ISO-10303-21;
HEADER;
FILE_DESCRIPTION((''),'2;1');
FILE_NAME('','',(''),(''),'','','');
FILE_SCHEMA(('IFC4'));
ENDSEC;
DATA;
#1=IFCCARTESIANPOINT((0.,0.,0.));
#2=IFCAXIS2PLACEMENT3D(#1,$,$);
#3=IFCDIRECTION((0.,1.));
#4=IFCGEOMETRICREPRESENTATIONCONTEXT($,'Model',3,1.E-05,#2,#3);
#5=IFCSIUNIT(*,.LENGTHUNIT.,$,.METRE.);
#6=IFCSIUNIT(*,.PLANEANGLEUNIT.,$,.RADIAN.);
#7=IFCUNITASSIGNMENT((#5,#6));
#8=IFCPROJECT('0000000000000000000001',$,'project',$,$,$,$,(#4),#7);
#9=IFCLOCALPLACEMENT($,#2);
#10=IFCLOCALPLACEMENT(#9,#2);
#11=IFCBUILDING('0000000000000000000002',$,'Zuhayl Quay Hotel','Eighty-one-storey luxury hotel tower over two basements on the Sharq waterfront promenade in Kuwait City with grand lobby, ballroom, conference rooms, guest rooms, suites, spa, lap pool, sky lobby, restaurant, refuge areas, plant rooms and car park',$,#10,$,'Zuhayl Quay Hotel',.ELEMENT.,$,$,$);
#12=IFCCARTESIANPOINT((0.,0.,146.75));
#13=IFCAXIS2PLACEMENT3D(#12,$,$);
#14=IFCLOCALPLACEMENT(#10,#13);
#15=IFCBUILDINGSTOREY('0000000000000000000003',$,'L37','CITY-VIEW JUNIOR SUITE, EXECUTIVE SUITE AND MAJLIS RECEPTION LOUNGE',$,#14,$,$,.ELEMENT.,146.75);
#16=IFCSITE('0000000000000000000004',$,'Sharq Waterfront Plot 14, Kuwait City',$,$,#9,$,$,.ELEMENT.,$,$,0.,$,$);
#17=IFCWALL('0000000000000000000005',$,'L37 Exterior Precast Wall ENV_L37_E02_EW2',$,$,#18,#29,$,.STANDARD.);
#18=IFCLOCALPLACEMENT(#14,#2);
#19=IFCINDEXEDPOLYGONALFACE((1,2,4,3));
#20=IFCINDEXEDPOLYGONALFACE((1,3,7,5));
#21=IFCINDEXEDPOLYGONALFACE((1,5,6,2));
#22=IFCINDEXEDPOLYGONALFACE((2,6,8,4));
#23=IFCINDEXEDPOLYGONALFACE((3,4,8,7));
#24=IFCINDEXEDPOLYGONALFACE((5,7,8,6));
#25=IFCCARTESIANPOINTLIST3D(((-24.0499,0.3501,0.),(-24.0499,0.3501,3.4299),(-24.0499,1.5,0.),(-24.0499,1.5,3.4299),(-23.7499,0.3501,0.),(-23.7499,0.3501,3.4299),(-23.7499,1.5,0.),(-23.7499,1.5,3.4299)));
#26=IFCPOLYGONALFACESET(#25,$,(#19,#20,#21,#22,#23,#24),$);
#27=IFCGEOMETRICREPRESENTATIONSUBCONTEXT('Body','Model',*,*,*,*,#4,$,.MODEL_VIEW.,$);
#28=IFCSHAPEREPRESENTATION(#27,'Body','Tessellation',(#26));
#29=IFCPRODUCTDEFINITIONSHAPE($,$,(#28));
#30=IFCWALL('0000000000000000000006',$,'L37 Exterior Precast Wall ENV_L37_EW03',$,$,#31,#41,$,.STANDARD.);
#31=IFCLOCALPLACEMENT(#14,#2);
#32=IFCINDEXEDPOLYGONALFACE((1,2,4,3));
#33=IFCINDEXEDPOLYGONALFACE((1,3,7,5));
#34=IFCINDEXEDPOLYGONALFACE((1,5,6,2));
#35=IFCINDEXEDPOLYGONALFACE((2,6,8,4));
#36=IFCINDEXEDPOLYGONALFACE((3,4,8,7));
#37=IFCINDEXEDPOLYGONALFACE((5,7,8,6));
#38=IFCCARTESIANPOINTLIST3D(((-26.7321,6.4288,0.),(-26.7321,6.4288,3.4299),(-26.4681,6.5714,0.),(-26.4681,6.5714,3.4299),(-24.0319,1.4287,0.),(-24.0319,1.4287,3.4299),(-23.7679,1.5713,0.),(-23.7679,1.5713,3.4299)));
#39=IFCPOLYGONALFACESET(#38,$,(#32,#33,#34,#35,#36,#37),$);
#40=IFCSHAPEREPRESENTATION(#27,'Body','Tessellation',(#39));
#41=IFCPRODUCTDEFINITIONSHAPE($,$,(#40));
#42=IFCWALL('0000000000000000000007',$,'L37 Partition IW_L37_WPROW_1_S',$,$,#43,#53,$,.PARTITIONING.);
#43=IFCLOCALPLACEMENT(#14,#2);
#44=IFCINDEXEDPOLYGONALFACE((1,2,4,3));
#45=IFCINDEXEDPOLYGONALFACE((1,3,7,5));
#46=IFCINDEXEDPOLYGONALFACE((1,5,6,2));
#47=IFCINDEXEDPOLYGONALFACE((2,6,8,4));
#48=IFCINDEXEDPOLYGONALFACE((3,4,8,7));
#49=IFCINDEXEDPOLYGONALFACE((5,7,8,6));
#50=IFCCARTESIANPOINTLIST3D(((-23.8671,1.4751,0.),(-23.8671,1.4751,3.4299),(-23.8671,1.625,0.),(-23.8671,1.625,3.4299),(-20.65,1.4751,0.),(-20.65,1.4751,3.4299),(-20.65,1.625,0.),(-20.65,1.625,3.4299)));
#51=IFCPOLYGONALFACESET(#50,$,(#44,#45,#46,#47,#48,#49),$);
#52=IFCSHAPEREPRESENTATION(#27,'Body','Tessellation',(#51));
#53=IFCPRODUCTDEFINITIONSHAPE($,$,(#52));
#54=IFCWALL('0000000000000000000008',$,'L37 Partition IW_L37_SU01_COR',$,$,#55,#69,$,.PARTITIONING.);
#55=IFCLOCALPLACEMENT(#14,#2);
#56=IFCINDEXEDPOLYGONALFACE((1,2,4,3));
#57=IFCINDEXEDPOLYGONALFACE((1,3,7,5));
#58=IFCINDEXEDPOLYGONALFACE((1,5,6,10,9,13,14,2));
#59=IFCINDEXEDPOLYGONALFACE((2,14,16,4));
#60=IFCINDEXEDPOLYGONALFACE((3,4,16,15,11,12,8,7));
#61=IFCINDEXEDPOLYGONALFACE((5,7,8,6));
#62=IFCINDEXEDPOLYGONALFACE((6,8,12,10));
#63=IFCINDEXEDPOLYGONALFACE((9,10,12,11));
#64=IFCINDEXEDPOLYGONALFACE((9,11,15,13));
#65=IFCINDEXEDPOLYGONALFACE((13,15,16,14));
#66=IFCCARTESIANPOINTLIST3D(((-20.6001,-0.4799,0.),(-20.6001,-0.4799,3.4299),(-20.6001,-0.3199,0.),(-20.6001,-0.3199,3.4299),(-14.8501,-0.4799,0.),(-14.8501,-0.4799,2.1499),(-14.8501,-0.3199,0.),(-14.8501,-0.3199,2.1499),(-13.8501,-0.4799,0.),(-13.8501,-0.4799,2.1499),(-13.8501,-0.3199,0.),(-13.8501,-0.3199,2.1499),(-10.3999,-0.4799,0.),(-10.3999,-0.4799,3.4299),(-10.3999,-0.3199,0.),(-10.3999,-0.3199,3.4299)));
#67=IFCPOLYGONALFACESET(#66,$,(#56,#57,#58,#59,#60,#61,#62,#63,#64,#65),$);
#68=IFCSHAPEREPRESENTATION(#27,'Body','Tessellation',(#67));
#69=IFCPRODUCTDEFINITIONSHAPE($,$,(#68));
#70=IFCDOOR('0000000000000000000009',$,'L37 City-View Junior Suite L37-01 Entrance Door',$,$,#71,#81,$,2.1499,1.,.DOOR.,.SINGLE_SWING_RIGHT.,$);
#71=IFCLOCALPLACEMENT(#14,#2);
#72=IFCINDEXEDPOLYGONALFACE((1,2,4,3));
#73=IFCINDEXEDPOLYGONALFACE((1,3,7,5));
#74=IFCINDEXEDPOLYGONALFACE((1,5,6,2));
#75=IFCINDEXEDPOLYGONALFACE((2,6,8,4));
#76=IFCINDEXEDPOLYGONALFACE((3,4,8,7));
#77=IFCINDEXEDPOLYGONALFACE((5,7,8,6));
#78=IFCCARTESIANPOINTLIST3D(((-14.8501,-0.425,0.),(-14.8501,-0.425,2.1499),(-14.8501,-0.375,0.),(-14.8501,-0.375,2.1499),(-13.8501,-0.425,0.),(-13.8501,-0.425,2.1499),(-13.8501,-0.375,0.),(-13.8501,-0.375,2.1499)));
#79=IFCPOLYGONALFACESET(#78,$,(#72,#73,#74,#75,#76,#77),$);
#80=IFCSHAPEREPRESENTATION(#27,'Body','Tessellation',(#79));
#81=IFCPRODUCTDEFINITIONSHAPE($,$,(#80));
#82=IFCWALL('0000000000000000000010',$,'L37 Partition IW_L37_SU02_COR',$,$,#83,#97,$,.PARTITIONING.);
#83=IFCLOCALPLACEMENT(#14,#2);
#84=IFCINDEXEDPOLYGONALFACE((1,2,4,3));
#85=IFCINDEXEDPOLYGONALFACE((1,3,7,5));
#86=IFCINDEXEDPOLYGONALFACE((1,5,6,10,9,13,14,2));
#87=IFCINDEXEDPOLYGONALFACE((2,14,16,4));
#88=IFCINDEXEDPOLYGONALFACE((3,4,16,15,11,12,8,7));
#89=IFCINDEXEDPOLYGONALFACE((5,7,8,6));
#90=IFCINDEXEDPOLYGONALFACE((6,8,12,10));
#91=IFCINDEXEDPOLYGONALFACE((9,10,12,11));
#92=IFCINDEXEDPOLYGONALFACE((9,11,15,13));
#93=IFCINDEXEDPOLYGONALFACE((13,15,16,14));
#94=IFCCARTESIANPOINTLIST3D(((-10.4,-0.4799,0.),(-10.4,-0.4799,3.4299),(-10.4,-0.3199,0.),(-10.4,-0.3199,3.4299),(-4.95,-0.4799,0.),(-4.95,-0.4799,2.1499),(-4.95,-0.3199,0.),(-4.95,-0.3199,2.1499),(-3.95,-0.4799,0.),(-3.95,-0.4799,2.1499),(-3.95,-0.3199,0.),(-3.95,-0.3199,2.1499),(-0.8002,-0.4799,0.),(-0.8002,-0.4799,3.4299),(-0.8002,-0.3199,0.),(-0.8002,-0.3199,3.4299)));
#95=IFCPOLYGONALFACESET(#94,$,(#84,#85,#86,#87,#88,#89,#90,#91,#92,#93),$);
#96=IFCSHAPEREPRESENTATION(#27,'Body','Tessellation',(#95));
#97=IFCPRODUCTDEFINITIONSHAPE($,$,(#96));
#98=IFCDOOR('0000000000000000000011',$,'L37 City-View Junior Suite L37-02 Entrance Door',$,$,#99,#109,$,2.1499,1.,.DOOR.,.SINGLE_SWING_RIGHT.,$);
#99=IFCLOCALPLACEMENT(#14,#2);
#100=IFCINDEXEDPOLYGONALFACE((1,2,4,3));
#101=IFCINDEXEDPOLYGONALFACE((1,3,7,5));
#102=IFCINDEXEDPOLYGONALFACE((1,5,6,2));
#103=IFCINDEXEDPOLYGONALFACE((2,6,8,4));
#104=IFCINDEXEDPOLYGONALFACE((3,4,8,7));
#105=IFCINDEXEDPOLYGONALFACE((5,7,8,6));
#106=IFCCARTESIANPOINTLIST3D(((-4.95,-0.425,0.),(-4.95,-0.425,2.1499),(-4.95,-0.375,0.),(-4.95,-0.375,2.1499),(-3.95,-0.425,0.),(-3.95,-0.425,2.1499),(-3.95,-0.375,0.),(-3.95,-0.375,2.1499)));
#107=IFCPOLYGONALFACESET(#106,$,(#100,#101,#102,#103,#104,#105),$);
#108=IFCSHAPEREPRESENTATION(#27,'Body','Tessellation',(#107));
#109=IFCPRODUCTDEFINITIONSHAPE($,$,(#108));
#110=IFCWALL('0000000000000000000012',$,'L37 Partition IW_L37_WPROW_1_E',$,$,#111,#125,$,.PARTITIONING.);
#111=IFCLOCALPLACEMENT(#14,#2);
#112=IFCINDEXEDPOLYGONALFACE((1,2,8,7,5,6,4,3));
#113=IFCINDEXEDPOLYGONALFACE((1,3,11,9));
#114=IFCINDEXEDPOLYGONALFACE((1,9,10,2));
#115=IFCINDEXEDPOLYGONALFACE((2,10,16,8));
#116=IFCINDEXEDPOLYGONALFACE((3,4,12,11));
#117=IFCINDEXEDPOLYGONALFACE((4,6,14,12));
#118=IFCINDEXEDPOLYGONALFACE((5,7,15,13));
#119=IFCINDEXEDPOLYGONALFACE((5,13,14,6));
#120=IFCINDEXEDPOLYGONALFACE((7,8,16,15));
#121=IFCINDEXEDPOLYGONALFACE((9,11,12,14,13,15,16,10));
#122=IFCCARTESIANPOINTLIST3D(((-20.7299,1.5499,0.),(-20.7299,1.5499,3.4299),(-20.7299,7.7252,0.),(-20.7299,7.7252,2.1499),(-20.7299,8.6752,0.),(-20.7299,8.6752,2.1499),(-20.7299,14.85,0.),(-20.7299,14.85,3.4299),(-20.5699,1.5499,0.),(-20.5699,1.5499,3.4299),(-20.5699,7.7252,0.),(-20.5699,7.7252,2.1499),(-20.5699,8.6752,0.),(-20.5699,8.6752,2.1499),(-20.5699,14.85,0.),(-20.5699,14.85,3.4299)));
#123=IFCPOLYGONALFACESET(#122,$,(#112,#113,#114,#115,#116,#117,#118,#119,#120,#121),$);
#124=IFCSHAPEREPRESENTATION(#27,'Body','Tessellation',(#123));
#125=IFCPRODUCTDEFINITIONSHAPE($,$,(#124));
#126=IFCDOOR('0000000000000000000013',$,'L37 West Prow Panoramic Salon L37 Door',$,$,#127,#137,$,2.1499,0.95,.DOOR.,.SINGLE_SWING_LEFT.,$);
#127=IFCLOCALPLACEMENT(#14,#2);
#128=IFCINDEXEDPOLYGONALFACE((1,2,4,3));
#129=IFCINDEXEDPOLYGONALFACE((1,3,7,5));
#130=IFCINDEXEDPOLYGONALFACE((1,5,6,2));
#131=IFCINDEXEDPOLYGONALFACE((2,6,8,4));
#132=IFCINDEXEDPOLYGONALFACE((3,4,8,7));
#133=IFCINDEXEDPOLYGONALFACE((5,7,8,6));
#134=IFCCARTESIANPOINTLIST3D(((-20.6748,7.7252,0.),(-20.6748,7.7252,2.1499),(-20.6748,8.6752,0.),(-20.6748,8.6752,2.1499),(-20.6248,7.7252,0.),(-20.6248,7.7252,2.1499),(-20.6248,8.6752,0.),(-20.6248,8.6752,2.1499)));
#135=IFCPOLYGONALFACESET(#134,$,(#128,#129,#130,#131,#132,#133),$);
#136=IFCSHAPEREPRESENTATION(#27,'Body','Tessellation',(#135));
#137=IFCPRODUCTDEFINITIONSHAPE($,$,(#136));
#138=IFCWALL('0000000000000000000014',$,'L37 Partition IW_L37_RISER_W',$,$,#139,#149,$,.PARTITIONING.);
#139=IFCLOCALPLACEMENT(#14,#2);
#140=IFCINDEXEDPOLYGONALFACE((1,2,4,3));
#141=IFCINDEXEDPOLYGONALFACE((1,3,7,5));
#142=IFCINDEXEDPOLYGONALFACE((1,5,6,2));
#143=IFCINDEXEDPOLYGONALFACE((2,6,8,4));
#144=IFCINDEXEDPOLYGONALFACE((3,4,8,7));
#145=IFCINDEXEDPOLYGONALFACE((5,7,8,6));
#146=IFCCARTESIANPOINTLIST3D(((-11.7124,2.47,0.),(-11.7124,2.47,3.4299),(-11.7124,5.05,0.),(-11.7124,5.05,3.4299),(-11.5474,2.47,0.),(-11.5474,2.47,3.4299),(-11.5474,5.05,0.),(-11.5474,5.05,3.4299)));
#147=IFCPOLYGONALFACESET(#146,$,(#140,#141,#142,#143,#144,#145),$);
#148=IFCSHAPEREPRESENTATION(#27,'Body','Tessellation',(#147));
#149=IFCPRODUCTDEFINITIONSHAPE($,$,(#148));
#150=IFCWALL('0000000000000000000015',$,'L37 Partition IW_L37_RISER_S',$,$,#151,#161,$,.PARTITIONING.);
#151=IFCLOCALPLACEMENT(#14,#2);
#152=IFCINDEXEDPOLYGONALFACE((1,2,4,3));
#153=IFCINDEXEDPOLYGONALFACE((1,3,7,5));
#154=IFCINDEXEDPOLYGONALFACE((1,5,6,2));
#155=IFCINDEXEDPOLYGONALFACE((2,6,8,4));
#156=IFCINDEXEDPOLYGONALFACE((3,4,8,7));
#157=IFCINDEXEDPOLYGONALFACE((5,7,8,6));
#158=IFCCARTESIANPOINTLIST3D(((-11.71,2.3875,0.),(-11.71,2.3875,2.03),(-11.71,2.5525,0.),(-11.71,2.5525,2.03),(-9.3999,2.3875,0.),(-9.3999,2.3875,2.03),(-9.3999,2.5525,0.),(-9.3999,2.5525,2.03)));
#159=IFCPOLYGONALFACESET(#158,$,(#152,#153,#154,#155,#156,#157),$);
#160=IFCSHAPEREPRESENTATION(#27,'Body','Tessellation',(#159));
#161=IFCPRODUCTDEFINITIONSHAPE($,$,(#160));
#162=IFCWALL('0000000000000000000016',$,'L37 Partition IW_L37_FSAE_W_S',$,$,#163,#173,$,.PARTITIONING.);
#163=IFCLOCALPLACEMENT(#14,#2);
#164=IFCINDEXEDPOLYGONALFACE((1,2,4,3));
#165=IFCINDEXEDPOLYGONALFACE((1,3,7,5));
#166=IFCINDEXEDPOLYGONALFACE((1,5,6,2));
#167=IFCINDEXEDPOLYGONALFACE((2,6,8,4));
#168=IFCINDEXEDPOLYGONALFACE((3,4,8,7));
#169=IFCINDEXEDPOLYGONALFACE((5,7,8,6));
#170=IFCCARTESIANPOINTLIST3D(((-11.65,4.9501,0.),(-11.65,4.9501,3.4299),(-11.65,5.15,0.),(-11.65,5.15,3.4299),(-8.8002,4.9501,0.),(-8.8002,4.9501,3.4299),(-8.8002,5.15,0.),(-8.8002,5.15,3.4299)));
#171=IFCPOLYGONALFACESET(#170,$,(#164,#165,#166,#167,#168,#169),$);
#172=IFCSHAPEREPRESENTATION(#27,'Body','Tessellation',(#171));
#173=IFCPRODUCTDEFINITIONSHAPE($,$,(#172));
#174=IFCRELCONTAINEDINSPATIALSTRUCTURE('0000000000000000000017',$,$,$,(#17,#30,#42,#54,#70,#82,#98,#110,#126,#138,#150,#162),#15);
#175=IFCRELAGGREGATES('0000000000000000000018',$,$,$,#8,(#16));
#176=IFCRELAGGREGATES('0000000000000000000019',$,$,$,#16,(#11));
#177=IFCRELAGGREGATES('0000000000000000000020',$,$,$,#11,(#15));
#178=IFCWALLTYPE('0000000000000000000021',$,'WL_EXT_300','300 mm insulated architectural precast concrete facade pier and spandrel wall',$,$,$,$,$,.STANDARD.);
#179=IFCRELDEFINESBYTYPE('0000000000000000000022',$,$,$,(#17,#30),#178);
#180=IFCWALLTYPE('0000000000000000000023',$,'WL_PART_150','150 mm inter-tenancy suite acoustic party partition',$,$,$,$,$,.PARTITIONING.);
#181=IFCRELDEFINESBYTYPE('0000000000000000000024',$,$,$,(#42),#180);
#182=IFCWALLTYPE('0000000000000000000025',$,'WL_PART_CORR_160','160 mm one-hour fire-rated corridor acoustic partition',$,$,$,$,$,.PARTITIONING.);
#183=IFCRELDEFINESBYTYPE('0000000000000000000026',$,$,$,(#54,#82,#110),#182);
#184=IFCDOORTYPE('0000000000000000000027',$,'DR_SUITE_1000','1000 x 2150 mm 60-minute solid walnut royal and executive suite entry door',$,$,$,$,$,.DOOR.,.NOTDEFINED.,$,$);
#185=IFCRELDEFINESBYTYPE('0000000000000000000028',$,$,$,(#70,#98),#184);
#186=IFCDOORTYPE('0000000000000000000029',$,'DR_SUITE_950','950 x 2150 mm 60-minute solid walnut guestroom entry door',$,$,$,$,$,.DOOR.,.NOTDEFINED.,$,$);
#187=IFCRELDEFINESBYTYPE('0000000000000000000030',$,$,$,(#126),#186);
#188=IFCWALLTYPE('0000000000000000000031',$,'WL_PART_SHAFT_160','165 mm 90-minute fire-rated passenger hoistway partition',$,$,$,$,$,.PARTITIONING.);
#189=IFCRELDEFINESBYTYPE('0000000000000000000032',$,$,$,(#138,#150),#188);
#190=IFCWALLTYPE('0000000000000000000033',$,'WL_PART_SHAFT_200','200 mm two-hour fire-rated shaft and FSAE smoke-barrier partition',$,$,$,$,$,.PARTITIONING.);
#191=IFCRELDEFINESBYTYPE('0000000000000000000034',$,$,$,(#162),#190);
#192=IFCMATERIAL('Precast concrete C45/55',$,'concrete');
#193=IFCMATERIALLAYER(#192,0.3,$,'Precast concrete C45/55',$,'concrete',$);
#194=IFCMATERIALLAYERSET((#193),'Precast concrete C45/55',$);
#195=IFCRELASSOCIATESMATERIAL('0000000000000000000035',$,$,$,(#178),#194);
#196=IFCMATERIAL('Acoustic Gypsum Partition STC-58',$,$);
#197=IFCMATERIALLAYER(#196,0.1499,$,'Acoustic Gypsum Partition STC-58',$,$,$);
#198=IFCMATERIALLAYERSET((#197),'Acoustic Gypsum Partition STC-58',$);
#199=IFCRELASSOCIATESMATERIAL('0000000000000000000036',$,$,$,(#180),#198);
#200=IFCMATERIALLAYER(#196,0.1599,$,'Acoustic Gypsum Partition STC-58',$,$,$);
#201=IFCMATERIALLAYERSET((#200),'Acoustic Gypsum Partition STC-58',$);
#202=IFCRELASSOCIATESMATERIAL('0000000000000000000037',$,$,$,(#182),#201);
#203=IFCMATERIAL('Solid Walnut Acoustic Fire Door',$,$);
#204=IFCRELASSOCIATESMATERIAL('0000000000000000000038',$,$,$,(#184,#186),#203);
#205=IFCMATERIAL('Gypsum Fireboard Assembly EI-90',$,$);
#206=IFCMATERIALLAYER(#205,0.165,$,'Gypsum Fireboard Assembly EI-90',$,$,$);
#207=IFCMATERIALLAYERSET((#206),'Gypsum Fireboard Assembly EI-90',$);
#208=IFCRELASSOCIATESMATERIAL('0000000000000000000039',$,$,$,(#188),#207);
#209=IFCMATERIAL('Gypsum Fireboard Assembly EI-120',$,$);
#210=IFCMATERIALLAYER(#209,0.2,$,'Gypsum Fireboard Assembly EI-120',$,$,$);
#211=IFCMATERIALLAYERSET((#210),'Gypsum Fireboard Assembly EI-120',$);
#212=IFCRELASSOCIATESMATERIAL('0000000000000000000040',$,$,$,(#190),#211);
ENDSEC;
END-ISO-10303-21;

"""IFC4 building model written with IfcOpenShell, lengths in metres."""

from ifc_helpers import new_model, si_unit, direction, frame, frame_2d, origin, place, context, subcontext, project, spatial, rectangle, extrude, material, layer, layer_set, type_object, element, fill, save


model = new_model("IFC4")

# Units and contexts
model_context = context("Model", 3, precision=1e-05, world=origin(), true_north=direction((0.0, 1.0)))
body_context = subcontext(model_context, "Body", "Model", "MODEL_VIEW")
ifc_project = project(units=[si_unit("LENGTHUNIT", "METRE"), si_unit("PLANEANGLEUNIT", "RADIAN")], contexts=[model_context])

# Site, building, storey
site_placement = place(None, origin())
site = spatial("IfcSite", under=ifc_project, at=site_placement, Name="Sharq Waterfront Plot 14, Kuwait City", CompositionType="ELEMENT", RefElevation=0.0)
building_placement = place(site_placement, origin())
building = spatial("IfcBuilding", under=site, at=building_placement, Name="Zuhayl Quay Hotel", Description="Eighty-one-storey luxury hotel tower over two basements on the Sharq waterfront promenade in Kuwait City with grand lobby, ballroom, conference rooms, guest rooms, suites, spa, lap pool, sky lobby, restaurant, refuge areas, plant rooms and car park", LongName="Zuhayl Quay Hotel", CompositionType="ELEMENT")
storey_placement = place(building_placement, frame((0.0, 0.0, 146.75)))
storey = spatial("IfcBuildingStorey", under=building, at=storey_placement, Name="L37", Description="CITY-VIEW JUNIOR SUITE, EXECUTIVE SUITE AND MAJLIS RECEPTION LOUNGE", CompositionType="ELEMENT", Elevation=146.75)

# Walls
ifc_material_1 = material(Name="Precast concrete C45/55", Category="concrete")
ifc_layer_1 = layer(ifc_material_1, 0.3, Name="Precast concrete C45/55", Category="concrete")
ifc_layer_set_1 = layer_set([ifc_layer_1], Name="Precast concrete C45/55")
wall_type_1 = type_object("IfcWallType", Name="WL_EXT_300", Description="300 mm insulated architectural precast concrete facade pier and spandrel wall", PredefinedType="STANDARD", material=ifc_layer_set_1)
wall_1_placement = place(storey_placement, frame((-23.8999, 0.3501, 0.0), z_axis=(0.0, 0.0, 1.0), x_axis=(0.0, 1.0, 0.0)))
element("IfcWall", 1, at=wall_1_placement, inside=storey, type_object=wall_type_1, Name="L37 Exterior Precast Wall ENV_L37_E02_EW2", PredefinedType="STANDARD", context=body_context, shape_type="SweptSolid", body=[
    extrude(rectangle(XDim=1.1499, YDim=0.3, at=frame_2d((0.575, 0.0))), origin(), (0.0, 0.0, 1.0), 3.4299),
])
wall_2_placement = place(storey_placement, frame((-23.8999, 1.5, 0.0), z_axis=(0.0, 0.0, 1.0), x_axis=(-0.475176, 0.879891, 0.0)))
element("IfcWall", 2, at=wall_2_placement, inside=storey, type_object=wall_type_1, Name="L37 Exterior Precast Wall ENV_L37_EW03", PredefinedType="STANDARD", context=body_context, shape_type="SweptSolid", body=[
    extrude(rectangle(XDim=5.6826, YDim=0.3, at=frame_2d((2.8413, 0.0))), origin(), (0.0, 0.0, 1.0), 3.4299),
])
ifc_material_2 = material(Name="Acoustic Gypsum Partition STC-58")
ifc_layer_2 = layer(ifc_material_2, 0.1499, Name="Acoustic Gypsum Partition STC-58")
ifc_layer_set_2 = layer_set([ifc_layer_2], Name="Acoustic Gypsum Partition STC-58")
wall_type_2 = type_object("IfcWallType", Name="WL_PART_150", Description="150 mm inter-tenancy suite acoustic party partition", PredefinedType="PARTITIONING", material=ifc_layer_set_2)
wall_3_placement = place(storey_placement, frame((-23.8669, 1.55, 0.0), z_axis=(0.0, 0.0, 1.0), x_axis=(1.0, 0.0, 0.0)))
element("IfcWall", 3, at=wall_3_placement, inside=storey, type_object=wall_type_2, Name="L37 Partition IW_L37_WPROW_1_S", PredefinedType="PARTITIONING", context=body_context, shape_type="SweptSolid", body=[
    extrude(rectangle(XDim=3.217, YDim=0.1499, at=frame_2d((1.6084, 0.0))), origin(), (0.0, 0.0, 1.0), 3.4299),
])

# Walls, openings, doors
ifc_layer_3 = layer(ifc_material_2, 0.1599, Name="Acoustic Gypsum Partition STC-58")
ifc_layer_set_3 = layer_set([ifc_layer_3], Name="Acoustic Gypsum Partition STC-58")
wall_type_3 = type_object("IfcWallType", Name="WL_PART_CORR_160", Description="160 mm one-hour fire-rated corridor acoustic partition", PredefinedType="PARTITIONING", material=ifc_layer_set_3)
wall_4_placement = place(storey_placement, frame((-20.6001, -0.3999, 0.0), z_axis=(0.0, 0.0, 1.0), x_axis=(1.0, 0.0, 0.0)))
wall_4 = element("IfcWall", 4, at=wall_4_placement, inside=storey, type_object=wall_type_3, Name="L37 Partition IW_L37_SU01_COR", PredefinedType="PARTITIONING", context=body_context, shape_type="SweptSolid", body=[
    extrude(rectangle(XDim=10.2002, YDim=0.1599, at=frame_2d((5.1001, 0.0))), origin(), (0.0, 0.0, 1.0), 3.4299),
])
opening_1_placement = place(wall_4_placement, frame((5.75, 0.0, 0.0)))
opening_1 = element("IfcOpeningElement", 5, at=opening_1_placement, cuts=wall_4, PredefinedType="OPENING", context=body_context, shape_type="SweptSolid", body=[
    extrude(rectangle(XDim=1.0, YDim=2.1499, at=frame_2d((0.5, 1.075))), frame((0.0, 0.0898, 0.0), z_axis=(0.0, -1.0, 0.0), x_axis=(1.0, 0.0, 0.0)), (0.0, 0.0, 1.0), 0.1799),
])
ifc_material_3 = material(Name="Solid Walnut Acoustic Fire Door")
door_type_1 = type_object("IfcDoorType", Name="DR_SUITE_1000", Description="1000 x 2150 mm 60-minute solid walnut royal and executive suite entry door", OperationType="NOTDEFINED", PredefinedType="DOOR", material=ifc_material_3)
door_1_placement = place(opening_1_placement, origin())
door_1 = element("IfcDoor", 6, at=door_1_placement, inside=storey, type_object=door_type_1, Name="L37 City-View Junior Suite L37-01 Entrance Door", OperationType="SINGLE_SWING_RIGHT", OverallHeight=2.1499, OverallWidth=1.0, PredefinedType="DOOR", context=body_context, shape_type="SweptSolid", body=[
    extrude(rectangle(XDim=1.0, YDim=2.1499, at=frame_2d((0.5, 1.075))), frame((0.0, 0.0249, 0.0), z_axis=(0.0, -1.0, 0.0), x_axis=(1.0, 0.0, 0.0)), (0.0, 0.0, 1.0), 0.05),
])
fill(opening_1, door_1)
wall_5_placement = place(storey_placement, frame((-10.3999, -0.3999, 0.0), z_axis=(0.0, 0.0, 1.0), x_axis=(1.0, 0.0, 0.0)))
wall_5 = element("IfcWall", 7, at=wall_5_placement, inside=storey, type_object=wall_type_3, Name="L37 Partition IW_L37_SU02_COR", PredefinedType="PARTITIONING", context=body_context, shape_type="SweptSolid", body=[
    extrude(rectangle(XDim=9.5999, YDim=0.1599, at=frame_2d((4.7998, 0.0))), origin(), (0.0, 0.0, 1.0), 3.4299),
])
opening_2_placement = place(wall_5_placement, frame((5.45, 0.0, 0.0)))
opening_2 = element("IfcOpeningElement", 8, at=opening_2_placement, cuts=wall_5, PredefinedType="OPENING", context=body_context, shape_type="SweptSolid", body=[
    extrude(rectangle(XDim=1.0, YDim=2.1499, at=frame_2d((0.5, 1.075))), frame((0.0, 0.0898, 0.0), z_axis=(0.0, -1.0, 0.0), x_axis=(1.0, 0.0, 0.0)), (0.0, 0.0, 1.0), 0.1799),
])
door_2_placement = place(opening_2_placement, origin())
door_2 = element("IfcDoor", 9, at=door_2_placement, inside=storey, type_object=door_type_1, Name="L37 City-View Junior Suite L37-02 Entrance Door", OperationType="SINGLE_SWING_RIGHT", OverallHeight=2.1499, OverallWidth=1.0, PredefinedType="DOOR", context=body_context, shape_type="SweptSolid", body=[
    extrude(rectangle(XDim=1.0, YDim=2.1499, at=frame_2d((0.5, 1.075))), frame((0.0, 0.0249, 0.0), z_axis=(0.0, -1.0, 0.0), x_axis=(1.0, 0.0, 0.0)), (0.0, 0.0, 1.0), 0.05),
])
fill(opening_2, door_2)
wall_6_placement = place(storey_placement, frame((-20.6499, 1.55, 0.0), z_axis=(0.0, 0.0, 1.0), x_axis=(0.0, 1.0, 0.0)))
wall_6 = element("IfcWall", 10, at=wall_6_placement, inside=storey, type_object=wall_type_3, Name="L37 Partition IW_L37_WPROW_1_E", PredefinedType="PARTITIONING", context=body_context, shape_type="SweptSolid", body=[
    extrude(rectangle(XDim=13.3, YDim=0.1599, at=frame_2d((6.6499, 0.0))), origin(), (0.0, 0.0, 1.0), 3.4299),
])
opening_3_placement = place(wall_6_placement, frame((6.175, 0.0, 0.0)))
opening_3 = element("IfcOpeningElement", 11, at=opening_3_placement, cuts=wall_6, PredefinedType="OPENING", context=body_context, shape_type="SweptSolid", body=[
    extrude(rectangle(XDim=0.95, YDim=2.1499, at=frame_2d((0.4751, 1.075))), frame((0.0, 0.0898, 0.0), z_axis=(0.0, -1.0, 0.0), x_axis=(1.0, 0.0, 0.0)), (0.0, 0.0, 1.0), 0.1799),
])
door_type_2 = type_object("IfcDoorType", Name="DR_SUITE_950", Description="950 x 2150 mm 60-minute solid walnut guestroom entry door", OperationType="NOTDEFINED", PredefinedType="DOOR", material=ifc_material_3)
door_3_placement = place(opening_3_placement, origin())
door_3 = element("IfcDoor", 12, at=door_3_placement, inside=storey, type_object=door_type_2, Name="L37 West Prow Panoramic Salon L37 Door", OperationType="SINGLE_SWING_LEFT", OverallHeight=2.1499, OverallWidth=0.95, PredefinedType="DOOR", context=body_context, shape_type="SweptSolid", body=[
    extrude(rectangle(XDim=0.95, YDim=2.1499, at=frame_2d((0.4751, 1.075))), frame((0.0, 0.0249, 0.0), z_axis=(0.0, -1.0, 0.0), x_axis=(1.0, 0.0, 0.0)), (0.0, 0.0, 1.0), 0.05),
])
fill(opening_3, door_3)

# Walls
ifc_material_4 = material(Name="Gypsum Fireboard Assembly EI-90")
ifc_layer_4 = layer(ifc_material_4, 0.165, Name="Gypsum Fireboard Assembly EI-90")
ifc_layer_set_4 = layer_set([ifc_layer_4], Name="Gypsum Fireboard Assembly EI-90")
wall_type_4 = type_object("IfcWallType", Name="WL_PART_SHAFT_160", Description="165 mm 90-minute fire-rated passenger hoistway partition", PredefinedType="PARTITIONING", material=ifc_layer_set_4)
wall_7_placement = place(storey_placement, frame((-11.6299, 2.47, 0.0), z_axis=(0.0, 0.0, 1.0), x_axis=(0.0, 1.0, 0.0)))
element("IfcWall", 13, at=wall_7_placement, inside=storey, type_object=wall_type_4, Name="L37 Partition IW_L37_RISER_W", PredefinedType="PARTITIONING", context=body_context, shape_type="SweptSolid", body=[
    extrude(rectangle(XDim=2.5801, YDim=0.165, at=frame_2d((1.29, 0.0))), origin(), (0.0, 0.0, 1.0), 3.4299),
])
wall_8_placement = place(storey_placement, frame((-11.71, 2.47, 0.0), z_axis=(0.0, 0.0, 1.0), x_axis=(1.0, 0.0, 0.0)))
element("IfcWall", 14, at=wall_8_placement, inside=storey, type_object=wall_type_4, Name="L37 Partition IW_L37_RISER_S", PredefinedType="PARTITIONING", context=body_context, shape_type="SweptSolid", body=[
    extrude(rectangle(XDim=2.3101, YDim=0.165, at=frame_2d((1.155, 0.0))), origin(), (0.0, 0.0, 1.0), 2.03),
])
ifc_material_5 = material(Name="Gypsum Fireboard Assembly EI-120")
ifc_layer_5 = layer(ifc_material_5, 0.2, Name="Gypsum Fireboard Assembly EI-120")
ifc_layer_set_5 = layer_set([ifc_layer_5], Name="Gypsum Fireboard Assembly EI-120")
wall_type_5 = type_object("IfcWallType", Name="WL_PART_SHAFT_200", Description="200 mm two-hour fire-rated shaft and FSAE smoke-barrier partition", PredefinedType="PARTITIONING", material=ifc_layer_set_5)
wall_9_placement = place(storey_placement, frame((-11.6499, 5.05, 0.0), z_axis=(0.0, 0.0, 1.0), x_axis=(1.0, 0.0, 0.0)))
element("IfcWall", 15, at=wall_9_placement, inside=storey, type_object=wall_type_5, Name="L37 Partition IW_L37_FSAE_W_S", PredefinedType="PARTITIONING", context=body_context, shape_type="SweptSolid", body=[
    extrude(rectangle(XDim=2.8499, YDim=0.2, at=frame_2d((1.4248, 0.0))), origin(), (0.0, 0.0, 1.0), 3.4299),
])

save(model, "model.ifc")
